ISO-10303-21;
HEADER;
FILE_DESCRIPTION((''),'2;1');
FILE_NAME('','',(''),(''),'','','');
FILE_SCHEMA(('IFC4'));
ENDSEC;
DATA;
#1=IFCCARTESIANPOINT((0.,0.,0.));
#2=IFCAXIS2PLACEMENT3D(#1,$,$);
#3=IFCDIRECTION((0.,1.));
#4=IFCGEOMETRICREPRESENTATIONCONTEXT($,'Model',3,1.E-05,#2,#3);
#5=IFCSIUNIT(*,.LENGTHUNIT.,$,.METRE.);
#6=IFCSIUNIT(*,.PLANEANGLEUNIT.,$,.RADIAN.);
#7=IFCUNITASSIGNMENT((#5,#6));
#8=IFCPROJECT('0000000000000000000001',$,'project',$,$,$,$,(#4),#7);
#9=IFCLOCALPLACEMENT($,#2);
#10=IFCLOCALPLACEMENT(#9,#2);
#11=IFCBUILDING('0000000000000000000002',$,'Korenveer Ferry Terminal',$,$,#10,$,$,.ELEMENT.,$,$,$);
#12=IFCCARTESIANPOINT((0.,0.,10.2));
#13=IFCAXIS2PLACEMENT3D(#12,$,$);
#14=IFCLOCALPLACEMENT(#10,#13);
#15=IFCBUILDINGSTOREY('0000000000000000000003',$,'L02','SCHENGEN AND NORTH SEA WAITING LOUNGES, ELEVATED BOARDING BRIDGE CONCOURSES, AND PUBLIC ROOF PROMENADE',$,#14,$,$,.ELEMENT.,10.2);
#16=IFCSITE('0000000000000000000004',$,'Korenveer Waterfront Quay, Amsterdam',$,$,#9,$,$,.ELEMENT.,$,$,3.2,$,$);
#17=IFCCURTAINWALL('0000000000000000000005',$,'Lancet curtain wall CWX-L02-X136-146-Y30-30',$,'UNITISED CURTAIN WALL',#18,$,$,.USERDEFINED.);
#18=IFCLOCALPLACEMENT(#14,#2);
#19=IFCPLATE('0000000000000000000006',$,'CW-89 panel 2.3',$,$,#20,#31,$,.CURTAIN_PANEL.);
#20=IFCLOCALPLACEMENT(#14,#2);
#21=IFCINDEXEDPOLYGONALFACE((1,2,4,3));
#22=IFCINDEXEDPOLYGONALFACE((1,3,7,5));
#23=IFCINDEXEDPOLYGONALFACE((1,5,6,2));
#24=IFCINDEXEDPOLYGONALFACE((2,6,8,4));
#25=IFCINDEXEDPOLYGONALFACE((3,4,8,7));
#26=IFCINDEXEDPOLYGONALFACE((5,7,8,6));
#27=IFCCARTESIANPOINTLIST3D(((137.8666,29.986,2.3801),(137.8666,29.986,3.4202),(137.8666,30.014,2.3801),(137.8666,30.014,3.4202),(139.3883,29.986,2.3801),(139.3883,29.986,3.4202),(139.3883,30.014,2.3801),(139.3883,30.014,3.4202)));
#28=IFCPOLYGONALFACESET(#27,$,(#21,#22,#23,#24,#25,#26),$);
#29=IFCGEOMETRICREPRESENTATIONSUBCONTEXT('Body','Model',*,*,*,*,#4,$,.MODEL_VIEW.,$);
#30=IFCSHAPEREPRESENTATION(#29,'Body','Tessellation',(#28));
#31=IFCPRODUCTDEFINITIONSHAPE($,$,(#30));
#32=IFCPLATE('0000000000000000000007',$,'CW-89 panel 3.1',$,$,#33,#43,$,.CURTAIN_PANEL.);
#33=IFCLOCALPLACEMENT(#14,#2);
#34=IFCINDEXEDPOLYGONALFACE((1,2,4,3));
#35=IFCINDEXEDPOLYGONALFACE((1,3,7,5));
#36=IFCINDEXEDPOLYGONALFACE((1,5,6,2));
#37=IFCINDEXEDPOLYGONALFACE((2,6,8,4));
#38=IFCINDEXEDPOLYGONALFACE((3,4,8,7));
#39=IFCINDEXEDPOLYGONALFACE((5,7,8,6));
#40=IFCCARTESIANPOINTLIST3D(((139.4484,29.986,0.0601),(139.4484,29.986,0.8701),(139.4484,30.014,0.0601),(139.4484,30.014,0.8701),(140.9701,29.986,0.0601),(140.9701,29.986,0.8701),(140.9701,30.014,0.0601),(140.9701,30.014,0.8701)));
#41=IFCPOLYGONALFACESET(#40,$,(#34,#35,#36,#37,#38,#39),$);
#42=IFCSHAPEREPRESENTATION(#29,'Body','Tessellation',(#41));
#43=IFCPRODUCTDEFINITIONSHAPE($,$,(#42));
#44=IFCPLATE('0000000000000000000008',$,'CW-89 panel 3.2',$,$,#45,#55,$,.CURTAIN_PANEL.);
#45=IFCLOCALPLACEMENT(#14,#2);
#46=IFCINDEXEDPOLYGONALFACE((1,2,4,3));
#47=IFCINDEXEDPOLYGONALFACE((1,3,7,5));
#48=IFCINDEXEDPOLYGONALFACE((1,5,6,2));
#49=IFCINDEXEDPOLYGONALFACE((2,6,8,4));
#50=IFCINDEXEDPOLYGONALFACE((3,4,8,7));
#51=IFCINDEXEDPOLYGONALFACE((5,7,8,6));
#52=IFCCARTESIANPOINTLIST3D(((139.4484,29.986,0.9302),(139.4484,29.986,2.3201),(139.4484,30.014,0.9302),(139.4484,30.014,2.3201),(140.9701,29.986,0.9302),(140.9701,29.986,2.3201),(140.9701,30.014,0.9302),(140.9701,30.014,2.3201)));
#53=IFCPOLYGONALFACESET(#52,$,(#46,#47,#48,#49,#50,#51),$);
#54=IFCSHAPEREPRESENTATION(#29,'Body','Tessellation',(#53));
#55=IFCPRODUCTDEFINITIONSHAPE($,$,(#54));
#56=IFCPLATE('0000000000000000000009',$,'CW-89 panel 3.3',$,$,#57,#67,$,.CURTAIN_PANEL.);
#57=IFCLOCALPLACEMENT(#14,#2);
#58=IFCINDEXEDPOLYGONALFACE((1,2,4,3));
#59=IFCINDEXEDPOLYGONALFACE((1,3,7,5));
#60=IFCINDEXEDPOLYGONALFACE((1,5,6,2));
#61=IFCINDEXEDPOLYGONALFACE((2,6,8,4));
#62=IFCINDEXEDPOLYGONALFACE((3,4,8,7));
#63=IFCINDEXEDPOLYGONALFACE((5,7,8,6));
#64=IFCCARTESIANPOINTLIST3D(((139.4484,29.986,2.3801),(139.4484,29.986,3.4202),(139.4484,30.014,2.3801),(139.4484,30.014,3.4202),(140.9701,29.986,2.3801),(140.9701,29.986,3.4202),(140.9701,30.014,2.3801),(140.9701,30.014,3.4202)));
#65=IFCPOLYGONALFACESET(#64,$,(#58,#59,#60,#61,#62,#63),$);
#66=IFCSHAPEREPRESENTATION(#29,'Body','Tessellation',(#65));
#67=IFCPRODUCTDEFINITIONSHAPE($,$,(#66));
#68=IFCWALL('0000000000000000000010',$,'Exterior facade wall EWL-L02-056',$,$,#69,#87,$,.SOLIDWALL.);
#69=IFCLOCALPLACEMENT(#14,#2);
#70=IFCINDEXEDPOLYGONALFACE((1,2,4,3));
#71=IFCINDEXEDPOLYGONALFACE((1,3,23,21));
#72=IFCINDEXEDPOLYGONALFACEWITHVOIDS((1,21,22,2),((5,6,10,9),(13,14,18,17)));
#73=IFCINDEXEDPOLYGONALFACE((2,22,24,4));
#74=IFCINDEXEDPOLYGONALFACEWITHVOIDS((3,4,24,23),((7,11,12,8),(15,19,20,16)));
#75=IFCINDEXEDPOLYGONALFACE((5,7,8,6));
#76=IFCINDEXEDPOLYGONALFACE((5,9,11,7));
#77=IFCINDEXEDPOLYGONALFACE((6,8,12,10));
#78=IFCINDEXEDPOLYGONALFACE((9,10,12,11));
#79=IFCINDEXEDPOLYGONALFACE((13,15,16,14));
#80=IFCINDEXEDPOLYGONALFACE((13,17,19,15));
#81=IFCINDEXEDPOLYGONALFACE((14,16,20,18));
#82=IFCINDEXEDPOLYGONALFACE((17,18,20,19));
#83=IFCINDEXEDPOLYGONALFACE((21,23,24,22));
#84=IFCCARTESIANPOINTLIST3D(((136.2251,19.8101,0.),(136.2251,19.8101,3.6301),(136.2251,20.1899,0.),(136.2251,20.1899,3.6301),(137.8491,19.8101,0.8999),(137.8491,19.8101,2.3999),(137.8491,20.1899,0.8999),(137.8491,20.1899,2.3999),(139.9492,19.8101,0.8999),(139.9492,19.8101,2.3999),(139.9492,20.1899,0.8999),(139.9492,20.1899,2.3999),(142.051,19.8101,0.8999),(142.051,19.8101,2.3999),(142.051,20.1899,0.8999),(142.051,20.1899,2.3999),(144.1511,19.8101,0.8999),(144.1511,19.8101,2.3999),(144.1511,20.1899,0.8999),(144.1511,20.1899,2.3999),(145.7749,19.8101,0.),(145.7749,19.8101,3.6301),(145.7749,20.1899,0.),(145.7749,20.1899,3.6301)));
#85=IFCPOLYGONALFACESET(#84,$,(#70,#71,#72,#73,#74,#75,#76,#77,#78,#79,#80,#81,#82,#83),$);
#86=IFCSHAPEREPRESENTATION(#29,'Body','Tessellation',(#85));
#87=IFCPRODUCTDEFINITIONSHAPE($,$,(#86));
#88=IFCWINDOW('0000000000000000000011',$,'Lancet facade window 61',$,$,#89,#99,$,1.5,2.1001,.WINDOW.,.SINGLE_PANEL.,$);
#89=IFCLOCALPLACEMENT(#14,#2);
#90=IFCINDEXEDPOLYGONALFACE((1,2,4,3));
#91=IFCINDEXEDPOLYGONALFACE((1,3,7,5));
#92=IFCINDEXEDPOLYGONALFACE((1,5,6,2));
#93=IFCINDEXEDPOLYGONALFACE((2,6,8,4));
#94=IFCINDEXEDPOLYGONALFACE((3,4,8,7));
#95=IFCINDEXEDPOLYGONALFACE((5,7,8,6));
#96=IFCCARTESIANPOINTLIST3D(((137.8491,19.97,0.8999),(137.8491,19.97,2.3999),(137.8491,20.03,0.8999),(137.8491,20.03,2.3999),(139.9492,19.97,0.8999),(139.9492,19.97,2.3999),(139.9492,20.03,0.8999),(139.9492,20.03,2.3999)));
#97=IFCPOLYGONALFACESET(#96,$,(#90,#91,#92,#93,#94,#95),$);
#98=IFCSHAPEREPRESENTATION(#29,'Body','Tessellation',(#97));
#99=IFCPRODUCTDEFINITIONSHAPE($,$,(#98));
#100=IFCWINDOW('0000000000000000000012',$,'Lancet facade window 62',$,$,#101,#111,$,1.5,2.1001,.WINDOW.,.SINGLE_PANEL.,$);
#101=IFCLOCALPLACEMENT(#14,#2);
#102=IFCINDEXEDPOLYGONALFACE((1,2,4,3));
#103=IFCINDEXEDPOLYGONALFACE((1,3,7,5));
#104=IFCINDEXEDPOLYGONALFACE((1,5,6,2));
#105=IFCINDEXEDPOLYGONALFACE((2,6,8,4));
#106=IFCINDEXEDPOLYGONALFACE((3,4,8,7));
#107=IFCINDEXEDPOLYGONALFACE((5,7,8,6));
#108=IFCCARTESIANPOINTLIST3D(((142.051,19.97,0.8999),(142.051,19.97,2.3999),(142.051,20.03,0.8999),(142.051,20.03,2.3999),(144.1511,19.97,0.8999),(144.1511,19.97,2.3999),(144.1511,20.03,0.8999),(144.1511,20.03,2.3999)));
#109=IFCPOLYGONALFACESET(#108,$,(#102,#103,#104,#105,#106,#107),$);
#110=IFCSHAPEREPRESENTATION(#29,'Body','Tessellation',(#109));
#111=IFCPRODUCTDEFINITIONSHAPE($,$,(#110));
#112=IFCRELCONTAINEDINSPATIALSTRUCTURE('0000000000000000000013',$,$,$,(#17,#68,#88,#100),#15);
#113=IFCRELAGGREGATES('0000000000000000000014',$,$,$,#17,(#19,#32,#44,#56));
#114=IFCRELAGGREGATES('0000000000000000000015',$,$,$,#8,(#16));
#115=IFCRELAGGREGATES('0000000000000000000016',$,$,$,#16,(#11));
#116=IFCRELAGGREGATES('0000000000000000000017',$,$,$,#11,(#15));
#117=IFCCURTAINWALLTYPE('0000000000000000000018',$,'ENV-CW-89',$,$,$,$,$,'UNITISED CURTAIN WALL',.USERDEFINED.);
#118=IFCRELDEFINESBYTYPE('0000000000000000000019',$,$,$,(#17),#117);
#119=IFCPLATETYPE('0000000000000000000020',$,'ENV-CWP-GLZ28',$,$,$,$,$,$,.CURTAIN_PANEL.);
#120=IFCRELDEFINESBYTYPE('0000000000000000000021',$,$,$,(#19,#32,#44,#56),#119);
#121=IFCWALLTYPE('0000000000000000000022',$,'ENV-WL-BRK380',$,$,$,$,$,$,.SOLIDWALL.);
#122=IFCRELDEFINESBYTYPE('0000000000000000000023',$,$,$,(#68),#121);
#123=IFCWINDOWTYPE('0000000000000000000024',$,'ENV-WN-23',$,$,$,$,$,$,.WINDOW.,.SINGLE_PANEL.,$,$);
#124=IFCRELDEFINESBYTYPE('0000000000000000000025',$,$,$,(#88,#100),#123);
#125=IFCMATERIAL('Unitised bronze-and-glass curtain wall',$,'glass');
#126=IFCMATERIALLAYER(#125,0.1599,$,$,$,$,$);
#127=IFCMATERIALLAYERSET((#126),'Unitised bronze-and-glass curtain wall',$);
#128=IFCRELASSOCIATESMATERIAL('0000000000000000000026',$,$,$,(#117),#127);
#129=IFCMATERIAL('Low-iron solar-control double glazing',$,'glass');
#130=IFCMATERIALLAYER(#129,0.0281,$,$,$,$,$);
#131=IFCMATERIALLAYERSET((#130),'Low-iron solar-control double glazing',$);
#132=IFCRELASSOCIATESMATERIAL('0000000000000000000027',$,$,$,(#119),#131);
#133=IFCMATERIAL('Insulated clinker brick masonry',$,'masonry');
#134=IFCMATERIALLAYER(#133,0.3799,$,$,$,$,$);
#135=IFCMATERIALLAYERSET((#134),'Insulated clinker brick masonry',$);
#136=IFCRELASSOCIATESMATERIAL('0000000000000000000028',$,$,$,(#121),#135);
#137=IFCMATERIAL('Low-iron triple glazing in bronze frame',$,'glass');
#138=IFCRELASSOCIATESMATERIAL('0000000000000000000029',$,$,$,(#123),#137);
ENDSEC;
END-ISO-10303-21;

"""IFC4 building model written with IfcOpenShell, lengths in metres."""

from ifc_helpers import new_model, si_unit, direction, frame, frame_2d, origin, origin_2d, place, context, subcontext, project, spatial, rectangle, extrude, material, layer, layer_set, type_object, element, fill, aggregate, save


model = new_model("IFC4")

# Units and contexts
model_context = context("Model", 3, precision=1e-05, world=origin(), true_north=direction((0.0, 1.0)))
body_context = subcontext(model_context, "Body", "Model", "MODEL_VIEW")
ifc_project = project(units=[si_unit("LENGTHUNIT", "METRE"), si_unit("PLANEANGLEUNIT", "RADIAN")], contexts=[model_context])

# Site, building, storey
site_placement = place(None, origin())
site = spatial("IfcSite", under=ifc_project, at=site_placement, Name="Korenveer Waterfront Quay, Amsterdam", CompositionType="ELEMENT", RefElevation=3.2)
building_placement = place(site_placement, origin())
building = spatial("IfcBuilding", under=site, at=building_placement, Name="Korenveer Ferry Terminal", CompositionType="ELEMENT")
storey_placement = place(building_placement, frame((0.0, 0.0, 10.2)))
storey = spatial("IfcBuildingStorey", under=building, at=storey_placement, Name="L02", Description="SCHENGEN AND NORTH SEA WAITING LOUNGES, ELEVATED BOARDING BRIDGE CONCOURSES, AND PUBLIC ROOF PROMENADE", CompositionType="ELEMENT", Elevation=10.2)

# Curtain wall
ifc_material_1 = material(Name="Unitised bronze-and-glass curtain wall", Category="glass")
ifc_layer_1 = layer(ifc_material_1, 0.1599)
ifc_layer_set_1 = layer_set([ifc_layer_1], Name="Unitised bronze-and-glass curtain wall")
curtain_wall_type = type_object("IfcCurtainWallType", Name="ENV-CW-89", ElementType="UNITISED CURTAIN WALL", PredefinedType="USERDEFINED", material=ifc_layer_set_1)
curtain_wall_placement = place(storey_placement, frame((136.2549, 30.0, 0.0)))
curtain_wall = element("IfcCurtainWall", 1, at=curtain_wall_placement, inside=storey, type_object=curtain_wall_type, Name="Lancet curtain wall CWX-L02-X136-146-Y30-30", ObjectType="UNITISED CURTAIN WALL", PredefinedType="USERDEFINED")

# Plates
ifc_material_2 = material(Name="Low-iron solar-control double glazing", Category="glass")
ifc_layer_2 = layer(ifc_material_2, 0.0281)
ifc_layer_set_2 = layer_set([ifc_layer_2], Name="Low-iron solar-control double glazing")
plate_type = type_object("IfcPlateType", Name="ENV-CWP-GLZ28", PredefinedType="CURTAIN_PANEL", material=ifc_layer_set_2)
plate_1_placement = place(storey_placement, frame((138.6274, 30.0, 2.3801), z_axis=(0.0, 0.0, 1.0), x_axis=(1.0, 0.0, 0.0)))
plate_1 = element("IfcPlate", 2, at=plate_1_placement, type_object=plate_type, Name="CW-89 panel 2.3", PredefinedType="CURTAIN_PANEL", context=body_context, shape_type="SweptSolid", body=[
    extrude(rectangle(XDim=1.5217, YDim=0.0281, at=origin_2d()), origin(), (0.0, 0.0, 1.0), 1.04),
])
plate_2_placement = place(storey_placement, frame((140.2092, 30.0, 0.0601), z_axis=(0.0, 0.0, 1.0), x_axis=(1.0, 0.0, 0.0)))
plate_2 = element("IfcPlate", 3, at=plate_2_placement, type_object=plate_type, Name="CW-89 panel 3.1", PredefinedType="CURTAIN_PANEL", context=body_context, shape_type="SweptSolid", body=[
    extrude(rectangle(XDim=1.5217, YDim=0.0281, at=origin_2d()), origin(), (0.0, 0.0, 1.0), 0.8101),
])
plate_3_placement = place(storey_placement, frame((140.2092, 30.0, 0.9302), z_axis=(0.0, 0.0, 1.0), x_axis=(1.0, 0.0, 0.0)))
plate_3 = element("IfcPlate", 4, at=plate_3_placement, type_object=plate_type, Name="CW-89 panel 3.2", PredefinedType="CURTAIN_PANEL", context=body_context, shape_type="SweptSolid", body=[
    extrude(rectangle(XDim=1.5217, YDim=0.0281, at=origin_2d()), origin(), (0.0, 0.0, 1.0), 1.3899),
])
plate_4_placement = place(storey_placement, frame((140.2092, 30.0, 2.3801), z_axis=(0.0, 0.0, 1.0), x_axis=(1.0, 0.0, 0.0)))
plate_4 = element("IfcPlate", 5, at=plate_4_placement, type_object=plate_type, Name="CW-89 panel 3.3", PredefinedType="CURTAIN_PANEL", context=body_context, shape_type="SweptSolid", body=[
    extrude(rectangle(XDim=1.5217, YDim=0.0281, at=origin_2d()), origin(), (0.0, 0.0, 1.0), 1.04),
])
aggregate(curtain_wall, [plate_1, plate_2, plate_3, plate_4])

# Wall, openings, windows
ifc_material_3 = material(Name="Insulated clinker brick masonry", Category="masonry")
ifc_layer_3 = layer(ifc_material_3, 0.3799)
ifc_layer_set_3 = layer_set([ifc_layer_3], Name="Insulated clinker brick masonry")
wall_type = type_object("IfcWallType", Name="ENV-WL-BRK380", PredefinedType="SOLIDWALL", material=ifc_layer_set_3)
wall_placement = place(storey_placement, frame((136.2251, 20.0, 0.0), z_axis=(0.0, 0.0, 1.0), x_axis=(1.0, 0.0, 0.0)))
wall = element("IfcWall", 6, at=wall_placement, inside=storey, type_object=wall_type, Name="Exterior facade wall EWL-L02-056", PredefinedType="SOLIDWALL", context=body_context, shape_type="SweptSolid", body=[
    extrude(rectangle(XDim=9.5498, YDim=0.3799, at=frame_2d((4.7749, 0.0))), origin(), (0.0, 0.0, 1.0), 3.6301),
])
opening_1_placement = place(wall_placement, frame((1.624, 0.0, 0.8999)))
opening_1 = element("IfcOpeningElement", 7, at=opening_1_placement, cuts=wall, PredefinedType="OPENING", context=body_context, shape_type="SweptSolid", body=[
    extrude(rectangle(XDim=2.1001, YDim=1.5, at=frame_2d((1.05, 0.75))), frame((0.0, 0.2, 0.0), z_axis=(0.0, -1.0, 0.0), x_axis=(1.0, 0.0, 0.0)), (0.0, 0.0, 1.0), 0.3999),
])
opening_2_placement = place(wall_placement, frame((5.8259, 0.0, 0.8999)))
opening_2 = element("IfcOpeningElement", 8, at=opening_2_placement, cuts=wall, PredefinedType="OPENING", context=body_context, shape_type="SweptSolid", body=[
    extrude(rectangle(XDim=2.1001, YDim=1.5, at=frame_2d((1.05, 0.75))), frame((0.0, 0.2, 0.0), z_axis=(0.0, -1.0, 0.0), x_axis=(1.0, 0.0, 0.0)), (0.0, 0.0, 1.0), 0.3999),
])
ifc_material_4 = material(Name="Low-iron triple glazing in bronze frame", Category="glass")
window_type = type_object("IfcWindowType", Name="ENV-WN-23", PartitioningType="SINGLE_PANEL", PredefinedType="WINDOW", material=ifc_material_4)
window_1_placement = place(opening_1_placement, origin())
window_1 = element("IfcWindow", 9, at=window_1_placement, inside=storey, type_object=window_type, Name="Lancet facade window 61", OverallHeight=1.5, OverallWidth=2.1001, PartitioningType="SINGLE_PANEL", PredefinedType="WINDOW", context=body_context, shape_type="SweptSolid", body=[
    extrude(rectangle(XDim=2.1001, YDim=1.5, at=frame_2d((1.05, 0.75))), frame((0.0, 0.03, 0.0), z_axis=(0.0, -1.0, 0.0), x_axis=(1.0, 0.0, 0.0)), (0.0, 0.0, 1.0), 0.0601),
])
fill(opening_1, window_1)
window_2_placement = place(opening_2_placement, origin())
window_2 = element("IfcWindow", 10, at=window_2_placement, inside=storey, type_object=window_type, Name="Lancet facade window 62", OverallHeight=1.5, OverallWidth=2.1001, PartitioningType="SINGLE_PANEL", PredefinedType="WINDOW", context=body_context, shape_type="SweptSolid", body=[
    extrude(rectangle(XDim=2.1001, YDim=1.5, at=frame_2d((1.05, 0.75))), frame((0.0, 0.03, 0.0), z_axis=(0.0, -1.0, 0.0), x_axis=(1.0, 0.0, 0.0)), (0.0, 0.0, 1.0), 0.0601),
])
fill(opening_2, window_2)

save(model, "model.ifc")
